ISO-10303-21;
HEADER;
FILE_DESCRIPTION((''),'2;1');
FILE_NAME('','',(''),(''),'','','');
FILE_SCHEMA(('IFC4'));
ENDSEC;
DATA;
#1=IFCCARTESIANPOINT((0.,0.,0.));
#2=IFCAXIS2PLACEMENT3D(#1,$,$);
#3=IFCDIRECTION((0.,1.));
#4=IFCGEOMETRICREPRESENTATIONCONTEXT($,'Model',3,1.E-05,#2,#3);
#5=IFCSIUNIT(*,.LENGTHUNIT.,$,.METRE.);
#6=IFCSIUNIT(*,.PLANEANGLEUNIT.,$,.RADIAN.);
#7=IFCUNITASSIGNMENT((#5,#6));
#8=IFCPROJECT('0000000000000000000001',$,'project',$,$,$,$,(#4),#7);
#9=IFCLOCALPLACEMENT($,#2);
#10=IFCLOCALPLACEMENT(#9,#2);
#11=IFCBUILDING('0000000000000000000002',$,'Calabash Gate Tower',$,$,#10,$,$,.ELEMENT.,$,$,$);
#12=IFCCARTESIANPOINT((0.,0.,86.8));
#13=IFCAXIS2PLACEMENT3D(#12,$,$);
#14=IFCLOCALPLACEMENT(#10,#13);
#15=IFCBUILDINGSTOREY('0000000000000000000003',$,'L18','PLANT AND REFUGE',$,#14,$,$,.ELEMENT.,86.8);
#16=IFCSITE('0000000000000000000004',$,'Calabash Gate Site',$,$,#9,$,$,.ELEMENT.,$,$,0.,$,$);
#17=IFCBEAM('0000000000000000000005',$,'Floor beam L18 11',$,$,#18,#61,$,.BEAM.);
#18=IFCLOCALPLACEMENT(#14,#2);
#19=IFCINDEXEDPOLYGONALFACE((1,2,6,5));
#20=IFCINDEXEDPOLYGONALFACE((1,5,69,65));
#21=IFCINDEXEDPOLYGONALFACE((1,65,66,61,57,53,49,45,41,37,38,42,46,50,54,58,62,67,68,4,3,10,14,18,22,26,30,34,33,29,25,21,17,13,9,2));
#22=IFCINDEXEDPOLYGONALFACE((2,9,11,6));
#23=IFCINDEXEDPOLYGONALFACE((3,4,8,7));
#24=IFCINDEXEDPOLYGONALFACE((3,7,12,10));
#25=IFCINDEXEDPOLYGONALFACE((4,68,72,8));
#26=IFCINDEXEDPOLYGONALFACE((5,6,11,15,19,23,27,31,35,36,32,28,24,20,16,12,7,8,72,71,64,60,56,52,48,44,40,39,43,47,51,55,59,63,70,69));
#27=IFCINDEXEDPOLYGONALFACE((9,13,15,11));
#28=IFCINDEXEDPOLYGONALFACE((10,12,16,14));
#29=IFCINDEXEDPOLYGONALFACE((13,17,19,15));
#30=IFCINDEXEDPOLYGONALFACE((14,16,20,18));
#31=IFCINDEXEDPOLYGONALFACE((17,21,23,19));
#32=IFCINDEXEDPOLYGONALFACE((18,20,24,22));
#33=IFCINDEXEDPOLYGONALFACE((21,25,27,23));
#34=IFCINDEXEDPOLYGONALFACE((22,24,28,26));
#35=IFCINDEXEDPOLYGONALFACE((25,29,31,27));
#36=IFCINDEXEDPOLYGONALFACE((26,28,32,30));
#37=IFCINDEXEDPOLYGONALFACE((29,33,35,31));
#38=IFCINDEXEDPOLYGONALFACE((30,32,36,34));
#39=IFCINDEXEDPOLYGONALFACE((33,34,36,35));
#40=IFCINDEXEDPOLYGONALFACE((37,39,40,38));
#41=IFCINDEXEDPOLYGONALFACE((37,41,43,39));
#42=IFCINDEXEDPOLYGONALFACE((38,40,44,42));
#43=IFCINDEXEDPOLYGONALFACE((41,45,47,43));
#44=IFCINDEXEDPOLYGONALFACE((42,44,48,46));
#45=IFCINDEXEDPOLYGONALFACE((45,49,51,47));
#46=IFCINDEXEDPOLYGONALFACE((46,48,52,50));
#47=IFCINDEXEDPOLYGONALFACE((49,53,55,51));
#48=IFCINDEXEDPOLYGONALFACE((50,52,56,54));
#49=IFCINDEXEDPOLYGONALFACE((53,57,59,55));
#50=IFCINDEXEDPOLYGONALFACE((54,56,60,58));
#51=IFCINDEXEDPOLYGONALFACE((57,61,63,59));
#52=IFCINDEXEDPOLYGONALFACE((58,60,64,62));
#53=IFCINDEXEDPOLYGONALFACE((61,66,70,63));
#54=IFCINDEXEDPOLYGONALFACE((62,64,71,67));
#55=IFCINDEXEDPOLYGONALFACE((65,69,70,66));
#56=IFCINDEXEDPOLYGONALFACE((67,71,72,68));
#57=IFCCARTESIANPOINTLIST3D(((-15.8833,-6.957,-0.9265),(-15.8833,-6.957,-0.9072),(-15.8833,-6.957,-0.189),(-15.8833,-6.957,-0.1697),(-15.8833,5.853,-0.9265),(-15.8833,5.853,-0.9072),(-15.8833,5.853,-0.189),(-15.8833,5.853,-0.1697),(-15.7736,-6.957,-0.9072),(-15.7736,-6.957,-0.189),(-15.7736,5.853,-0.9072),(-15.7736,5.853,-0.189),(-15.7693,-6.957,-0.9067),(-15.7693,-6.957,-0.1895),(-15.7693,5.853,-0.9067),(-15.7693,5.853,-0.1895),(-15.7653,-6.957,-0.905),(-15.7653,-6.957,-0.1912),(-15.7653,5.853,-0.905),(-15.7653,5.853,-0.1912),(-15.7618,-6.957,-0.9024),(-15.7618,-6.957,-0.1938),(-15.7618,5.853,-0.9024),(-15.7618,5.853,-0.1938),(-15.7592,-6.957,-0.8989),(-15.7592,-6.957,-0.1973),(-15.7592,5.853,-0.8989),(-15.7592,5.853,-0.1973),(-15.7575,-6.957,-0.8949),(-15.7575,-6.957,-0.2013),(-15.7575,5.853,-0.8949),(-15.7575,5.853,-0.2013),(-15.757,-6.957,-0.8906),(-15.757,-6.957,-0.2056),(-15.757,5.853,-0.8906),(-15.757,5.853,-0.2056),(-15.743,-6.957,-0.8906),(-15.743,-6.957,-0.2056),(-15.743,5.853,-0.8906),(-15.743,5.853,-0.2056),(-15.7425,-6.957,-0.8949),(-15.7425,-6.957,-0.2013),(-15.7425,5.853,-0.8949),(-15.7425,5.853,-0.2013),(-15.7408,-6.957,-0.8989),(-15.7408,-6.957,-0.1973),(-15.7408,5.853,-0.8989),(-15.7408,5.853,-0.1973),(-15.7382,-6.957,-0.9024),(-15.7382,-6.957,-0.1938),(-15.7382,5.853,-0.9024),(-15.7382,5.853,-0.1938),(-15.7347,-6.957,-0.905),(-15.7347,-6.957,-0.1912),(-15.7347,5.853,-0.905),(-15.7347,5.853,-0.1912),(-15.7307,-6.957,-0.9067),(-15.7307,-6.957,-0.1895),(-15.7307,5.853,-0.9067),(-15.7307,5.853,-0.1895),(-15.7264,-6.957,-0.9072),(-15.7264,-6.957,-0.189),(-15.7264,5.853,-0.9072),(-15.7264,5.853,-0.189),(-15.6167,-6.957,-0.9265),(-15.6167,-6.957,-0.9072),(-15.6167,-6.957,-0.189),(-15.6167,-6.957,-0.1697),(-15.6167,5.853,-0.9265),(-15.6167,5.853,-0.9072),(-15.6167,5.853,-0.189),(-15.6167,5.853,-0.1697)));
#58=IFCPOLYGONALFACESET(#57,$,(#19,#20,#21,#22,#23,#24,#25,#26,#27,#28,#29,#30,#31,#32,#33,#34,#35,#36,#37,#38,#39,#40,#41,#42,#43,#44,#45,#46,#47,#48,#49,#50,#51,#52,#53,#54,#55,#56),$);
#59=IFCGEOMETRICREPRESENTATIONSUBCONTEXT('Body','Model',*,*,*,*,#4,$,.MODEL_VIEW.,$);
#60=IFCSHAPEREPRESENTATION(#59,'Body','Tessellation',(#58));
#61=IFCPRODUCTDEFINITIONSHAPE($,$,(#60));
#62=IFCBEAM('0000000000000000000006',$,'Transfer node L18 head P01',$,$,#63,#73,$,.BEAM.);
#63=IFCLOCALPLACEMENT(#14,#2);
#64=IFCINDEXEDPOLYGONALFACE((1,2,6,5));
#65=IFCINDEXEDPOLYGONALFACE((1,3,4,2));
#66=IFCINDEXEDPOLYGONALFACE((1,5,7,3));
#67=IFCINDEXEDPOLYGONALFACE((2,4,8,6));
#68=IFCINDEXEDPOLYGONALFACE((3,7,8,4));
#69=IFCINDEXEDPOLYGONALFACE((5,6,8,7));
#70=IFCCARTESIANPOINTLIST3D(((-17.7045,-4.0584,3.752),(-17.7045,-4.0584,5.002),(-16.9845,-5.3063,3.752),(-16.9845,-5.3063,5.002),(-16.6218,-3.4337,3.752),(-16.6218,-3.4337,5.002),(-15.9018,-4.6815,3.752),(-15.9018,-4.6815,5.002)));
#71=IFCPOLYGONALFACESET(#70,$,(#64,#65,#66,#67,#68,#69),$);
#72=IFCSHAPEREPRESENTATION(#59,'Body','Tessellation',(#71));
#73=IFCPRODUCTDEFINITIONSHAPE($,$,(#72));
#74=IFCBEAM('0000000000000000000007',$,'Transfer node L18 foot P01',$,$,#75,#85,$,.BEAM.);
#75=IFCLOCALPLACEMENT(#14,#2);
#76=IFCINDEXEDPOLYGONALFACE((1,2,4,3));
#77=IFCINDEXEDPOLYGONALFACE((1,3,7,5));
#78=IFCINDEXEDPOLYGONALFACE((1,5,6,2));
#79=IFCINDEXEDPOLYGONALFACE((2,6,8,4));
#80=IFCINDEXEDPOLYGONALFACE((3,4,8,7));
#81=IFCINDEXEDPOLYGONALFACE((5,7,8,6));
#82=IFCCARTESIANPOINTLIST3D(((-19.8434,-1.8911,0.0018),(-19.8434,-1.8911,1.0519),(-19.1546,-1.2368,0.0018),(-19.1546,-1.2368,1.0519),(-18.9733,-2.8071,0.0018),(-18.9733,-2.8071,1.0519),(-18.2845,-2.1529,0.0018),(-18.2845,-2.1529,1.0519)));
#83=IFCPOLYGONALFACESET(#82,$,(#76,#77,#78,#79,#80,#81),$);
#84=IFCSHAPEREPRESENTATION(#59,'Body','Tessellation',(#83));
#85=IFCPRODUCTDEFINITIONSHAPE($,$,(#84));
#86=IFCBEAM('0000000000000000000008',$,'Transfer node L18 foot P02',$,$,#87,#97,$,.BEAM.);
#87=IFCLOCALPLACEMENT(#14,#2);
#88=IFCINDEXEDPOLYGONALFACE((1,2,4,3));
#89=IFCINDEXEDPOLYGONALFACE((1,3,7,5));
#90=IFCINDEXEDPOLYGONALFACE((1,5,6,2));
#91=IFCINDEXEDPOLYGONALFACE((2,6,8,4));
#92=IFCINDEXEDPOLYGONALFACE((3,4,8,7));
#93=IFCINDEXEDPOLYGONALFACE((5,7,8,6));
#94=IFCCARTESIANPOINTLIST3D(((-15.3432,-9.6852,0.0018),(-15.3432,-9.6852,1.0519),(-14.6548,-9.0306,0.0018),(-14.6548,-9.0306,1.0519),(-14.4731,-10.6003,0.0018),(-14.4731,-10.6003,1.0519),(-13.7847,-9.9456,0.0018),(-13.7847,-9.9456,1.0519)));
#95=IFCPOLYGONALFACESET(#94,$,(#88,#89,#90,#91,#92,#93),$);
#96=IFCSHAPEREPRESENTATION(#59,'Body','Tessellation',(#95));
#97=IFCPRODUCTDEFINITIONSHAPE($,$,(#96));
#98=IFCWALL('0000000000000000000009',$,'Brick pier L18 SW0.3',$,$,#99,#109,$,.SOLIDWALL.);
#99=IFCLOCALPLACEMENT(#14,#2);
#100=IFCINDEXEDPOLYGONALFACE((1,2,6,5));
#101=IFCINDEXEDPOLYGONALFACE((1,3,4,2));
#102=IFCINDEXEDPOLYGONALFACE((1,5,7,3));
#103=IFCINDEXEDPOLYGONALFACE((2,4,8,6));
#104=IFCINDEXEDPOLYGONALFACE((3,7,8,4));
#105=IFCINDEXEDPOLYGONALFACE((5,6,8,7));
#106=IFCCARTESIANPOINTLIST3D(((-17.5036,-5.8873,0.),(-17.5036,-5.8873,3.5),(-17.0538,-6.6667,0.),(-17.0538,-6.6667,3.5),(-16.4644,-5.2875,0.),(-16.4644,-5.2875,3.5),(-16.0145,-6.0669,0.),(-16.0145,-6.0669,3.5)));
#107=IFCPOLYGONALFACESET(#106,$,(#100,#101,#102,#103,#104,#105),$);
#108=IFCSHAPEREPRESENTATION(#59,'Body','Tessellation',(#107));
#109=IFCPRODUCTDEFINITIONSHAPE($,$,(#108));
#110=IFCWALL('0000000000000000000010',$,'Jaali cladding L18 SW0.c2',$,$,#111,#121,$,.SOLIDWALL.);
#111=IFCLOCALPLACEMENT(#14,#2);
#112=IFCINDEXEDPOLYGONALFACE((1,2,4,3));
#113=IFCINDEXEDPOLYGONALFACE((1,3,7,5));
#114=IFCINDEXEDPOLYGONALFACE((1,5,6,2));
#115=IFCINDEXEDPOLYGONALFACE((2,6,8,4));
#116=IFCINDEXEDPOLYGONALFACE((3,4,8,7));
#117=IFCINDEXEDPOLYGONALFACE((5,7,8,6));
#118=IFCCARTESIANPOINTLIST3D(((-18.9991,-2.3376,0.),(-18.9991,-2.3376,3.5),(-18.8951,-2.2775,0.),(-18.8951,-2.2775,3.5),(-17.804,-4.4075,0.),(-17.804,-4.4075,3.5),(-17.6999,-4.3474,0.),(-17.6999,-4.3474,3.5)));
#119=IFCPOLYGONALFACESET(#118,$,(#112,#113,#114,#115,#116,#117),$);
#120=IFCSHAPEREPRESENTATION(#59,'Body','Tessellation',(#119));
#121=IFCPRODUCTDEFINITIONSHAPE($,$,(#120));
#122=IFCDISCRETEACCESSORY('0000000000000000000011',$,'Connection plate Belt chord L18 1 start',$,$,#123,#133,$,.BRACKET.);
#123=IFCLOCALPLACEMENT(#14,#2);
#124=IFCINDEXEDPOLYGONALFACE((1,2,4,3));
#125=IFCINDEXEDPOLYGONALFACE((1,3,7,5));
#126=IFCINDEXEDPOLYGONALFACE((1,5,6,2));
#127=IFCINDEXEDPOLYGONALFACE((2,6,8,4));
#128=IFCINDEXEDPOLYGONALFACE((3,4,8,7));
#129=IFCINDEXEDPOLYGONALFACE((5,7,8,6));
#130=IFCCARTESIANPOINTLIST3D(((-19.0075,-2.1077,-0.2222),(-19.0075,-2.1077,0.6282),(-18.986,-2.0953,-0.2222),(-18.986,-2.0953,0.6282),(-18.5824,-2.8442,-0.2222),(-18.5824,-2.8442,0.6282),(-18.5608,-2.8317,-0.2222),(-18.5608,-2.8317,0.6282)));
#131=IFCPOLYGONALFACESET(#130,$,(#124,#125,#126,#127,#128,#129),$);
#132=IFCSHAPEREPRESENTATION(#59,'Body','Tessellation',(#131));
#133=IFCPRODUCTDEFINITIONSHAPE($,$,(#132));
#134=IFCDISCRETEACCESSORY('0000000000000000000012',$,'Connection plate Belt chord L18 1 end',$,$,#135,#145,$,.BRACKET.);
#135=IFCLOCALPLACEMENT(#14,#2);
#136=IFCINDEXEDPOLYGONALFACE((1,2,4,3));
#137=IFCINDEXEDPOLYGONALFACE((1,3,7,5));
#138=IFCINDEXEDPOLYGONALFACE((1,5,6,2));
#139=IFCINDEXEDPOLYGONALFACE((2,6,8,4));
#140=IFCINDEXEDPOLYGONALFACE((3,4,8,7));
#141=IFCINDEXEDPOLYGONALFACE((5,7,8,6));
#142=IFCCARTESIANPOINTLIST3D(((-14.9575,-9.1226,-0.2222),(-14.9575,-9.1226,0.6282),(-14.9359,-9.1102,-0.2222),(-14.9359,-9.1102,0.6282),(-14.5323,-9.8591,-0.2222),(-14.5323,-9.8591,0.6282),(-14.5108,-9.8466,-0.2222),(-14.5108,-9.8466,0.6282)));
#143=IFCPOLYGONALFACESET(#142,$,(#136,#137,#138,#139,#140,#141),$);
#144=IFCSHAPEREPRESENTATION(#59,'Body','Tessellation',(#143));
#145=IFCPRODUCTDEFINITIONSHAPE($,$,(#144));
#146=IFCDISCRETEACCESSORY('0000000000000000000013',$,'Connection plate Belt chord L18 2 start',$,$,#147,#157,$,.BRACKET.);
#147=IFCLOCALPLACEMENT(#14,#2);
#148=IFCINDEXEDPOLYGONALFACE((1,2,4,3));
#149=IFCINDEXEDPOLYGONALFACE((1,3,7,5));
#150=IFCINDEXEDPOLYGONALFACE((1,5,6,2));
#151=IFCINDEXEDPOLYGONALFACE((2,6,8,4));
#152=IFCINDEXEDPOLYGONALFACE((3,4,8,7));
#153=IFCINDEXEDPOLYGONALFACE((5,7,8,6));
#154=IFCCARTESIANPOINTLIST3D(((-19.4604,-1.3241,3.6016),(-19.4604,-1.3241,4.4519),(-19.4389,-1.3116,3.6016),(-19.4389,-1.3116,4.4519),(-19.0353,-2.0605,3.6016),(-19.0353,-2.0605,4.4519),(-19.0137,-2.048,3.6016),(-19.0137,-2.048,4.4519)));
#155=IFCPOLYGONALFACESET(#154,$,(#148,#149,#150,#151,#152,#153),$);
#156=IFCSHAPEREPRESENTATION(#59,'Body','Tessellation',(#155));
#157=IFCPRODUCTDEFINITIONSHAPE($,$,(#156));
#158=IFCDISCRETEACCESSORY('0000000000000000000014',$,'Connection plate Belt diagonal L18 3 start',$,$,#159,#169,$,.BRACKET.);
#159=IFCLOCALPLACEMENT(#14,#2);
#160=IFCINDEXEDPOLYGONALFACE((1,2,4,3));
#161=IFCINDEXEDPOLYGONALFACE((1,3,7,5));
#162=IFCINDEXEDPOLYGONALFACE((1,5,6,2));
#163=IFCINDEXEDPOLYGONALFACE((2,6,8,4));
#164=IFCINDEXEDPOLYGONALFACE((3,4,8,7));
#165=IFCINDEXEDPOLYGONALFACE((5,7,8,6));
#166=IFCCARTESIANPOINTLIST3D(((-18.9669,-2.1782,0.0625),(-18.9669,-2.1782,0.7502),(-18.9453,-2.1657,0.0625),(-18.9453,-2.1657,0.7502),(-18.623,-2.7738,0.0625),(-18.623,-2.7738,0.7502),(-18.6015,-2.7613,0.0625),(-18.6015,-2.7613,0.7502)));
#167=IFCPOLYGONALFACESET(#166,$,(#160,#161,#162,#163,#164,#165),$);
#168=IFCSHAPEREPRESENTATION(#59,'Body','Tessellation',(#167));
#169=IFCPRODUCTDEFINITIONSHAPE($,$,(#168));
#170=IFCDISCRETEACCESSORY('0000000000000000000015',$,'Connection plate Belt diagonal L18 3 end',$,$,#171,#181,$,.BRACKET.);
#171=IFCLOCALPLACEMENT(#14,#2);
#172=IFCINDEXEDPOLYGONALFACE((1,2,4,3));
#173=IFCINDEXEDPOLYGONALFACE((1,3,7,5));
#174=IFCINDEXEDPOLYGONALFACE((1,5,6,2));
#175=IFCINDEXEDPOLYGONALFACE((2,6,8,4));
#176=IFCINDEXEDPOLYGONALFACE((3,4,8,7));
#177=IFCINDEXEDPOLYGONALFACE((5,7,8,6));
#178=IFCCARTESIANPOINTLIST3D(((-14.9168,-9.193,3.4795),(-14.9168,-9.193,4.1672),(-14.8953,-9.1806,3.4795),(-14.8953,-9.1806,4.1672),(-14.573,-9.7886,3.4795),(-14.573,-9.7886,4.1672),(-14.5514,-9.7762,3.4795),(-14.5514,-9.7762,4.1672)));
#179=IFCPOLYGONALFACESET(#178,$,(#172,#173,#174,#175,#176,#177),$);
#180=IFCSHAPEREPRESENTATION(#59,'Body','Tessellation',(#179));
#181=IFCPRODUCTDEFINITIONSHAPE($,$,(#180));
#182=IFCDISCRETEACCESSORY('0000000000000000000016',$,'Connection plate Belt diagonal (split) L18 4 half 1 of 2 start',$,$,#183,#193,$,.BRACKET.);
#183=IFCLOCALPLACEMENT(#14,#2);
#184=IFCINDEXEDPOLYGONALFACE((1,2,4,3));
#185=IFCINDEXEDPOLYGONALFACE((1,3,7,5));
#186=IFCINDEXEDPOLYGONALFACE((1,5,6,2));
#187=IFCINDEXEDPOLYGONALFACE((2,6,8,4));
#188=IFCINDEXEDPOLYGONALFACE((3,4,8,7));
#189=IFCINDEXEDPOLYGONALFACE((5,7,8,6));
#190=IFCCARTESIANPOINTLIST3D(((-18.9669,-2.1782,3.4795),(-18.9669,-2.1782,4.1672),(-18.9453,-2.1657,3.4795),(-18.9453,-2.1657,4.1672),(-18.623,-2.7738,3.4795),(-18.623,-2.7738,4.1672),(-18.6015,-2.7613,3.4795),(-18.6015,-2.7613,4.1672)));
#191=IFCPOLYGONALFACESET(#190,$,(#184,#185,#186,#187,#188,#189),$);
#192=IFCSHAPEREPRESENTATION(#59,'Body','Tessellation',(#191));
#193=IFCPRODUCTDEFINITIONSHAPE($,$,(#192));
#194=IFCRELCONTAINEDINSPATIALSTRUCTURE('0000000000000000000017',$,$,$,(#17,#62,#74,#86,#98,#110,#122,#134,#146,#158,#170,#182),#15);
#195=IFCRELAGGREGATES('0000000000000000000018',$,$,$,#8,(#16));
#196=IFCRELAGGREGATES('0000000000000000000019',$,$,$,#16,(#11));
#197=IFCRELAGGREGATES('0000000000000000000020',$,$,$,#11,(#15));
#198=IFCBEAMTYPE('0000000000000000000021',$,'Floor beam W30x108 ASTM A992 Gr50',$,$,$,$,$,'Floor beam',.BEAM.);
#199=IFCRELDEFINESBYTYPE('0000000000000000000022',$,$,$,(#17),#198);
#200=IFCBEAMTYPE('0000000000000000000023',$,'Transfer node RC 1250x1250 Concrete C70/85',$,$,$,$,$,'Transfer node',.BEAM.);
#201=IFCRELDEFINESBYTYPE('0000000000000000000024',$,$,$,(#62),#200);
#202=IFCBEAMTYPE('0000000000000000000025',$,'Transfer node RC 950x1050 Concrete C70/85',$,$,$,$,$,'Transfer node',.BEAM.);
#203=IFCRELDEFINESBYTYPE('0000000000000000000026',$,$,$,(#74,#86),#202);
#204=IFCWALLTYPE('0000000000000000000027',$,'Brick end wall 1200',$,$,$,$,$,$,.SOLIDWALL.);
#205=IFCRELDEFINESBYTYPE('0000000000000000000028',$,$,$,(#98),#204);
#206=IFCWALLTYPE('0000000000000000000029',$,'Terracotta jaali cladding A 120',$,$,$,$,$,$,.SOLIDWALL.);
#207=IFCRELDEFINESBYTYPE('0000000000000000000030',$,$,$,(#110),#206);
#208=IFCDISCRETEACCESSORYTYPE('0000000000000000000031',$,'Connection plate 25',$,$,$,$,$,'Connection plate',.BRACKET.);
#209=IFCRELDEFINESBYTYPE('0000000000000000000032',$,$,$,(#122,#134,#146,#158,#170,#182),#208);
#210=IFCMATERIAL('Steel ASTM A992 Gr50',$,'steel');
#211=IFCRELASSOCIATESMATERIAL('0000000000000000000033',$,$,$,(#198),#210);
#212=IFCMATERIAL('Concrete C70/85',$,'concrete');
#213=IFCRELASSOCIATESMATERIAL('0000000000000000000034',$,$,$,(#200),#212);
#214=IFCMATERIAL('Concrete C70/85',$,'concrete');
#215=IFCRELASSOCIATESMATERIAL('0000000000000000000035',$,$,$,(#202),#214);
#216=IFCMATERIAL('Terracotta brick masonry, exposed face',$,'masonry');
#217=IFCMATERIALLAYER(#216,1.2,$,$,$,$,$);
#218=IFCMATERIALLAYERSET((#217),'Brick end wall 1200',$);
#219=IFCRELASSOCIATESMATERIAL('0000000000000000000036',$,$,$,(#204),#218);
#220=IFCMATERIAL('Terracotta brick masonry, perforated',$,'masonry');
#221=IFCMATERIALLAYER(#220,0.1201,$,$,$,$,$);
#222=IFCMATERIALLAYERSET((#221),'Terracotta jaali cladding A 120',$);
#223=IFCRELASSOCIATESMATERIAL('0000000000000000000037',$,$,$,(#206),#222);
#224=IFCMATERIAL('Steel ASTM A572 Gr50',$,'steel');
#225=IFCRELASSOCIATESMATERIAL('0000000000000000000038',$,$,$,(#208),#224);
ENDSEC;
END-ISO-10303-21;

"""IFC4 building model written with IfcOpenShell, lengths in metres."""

from ifc_helpers import new_model, si_unit, direction, frame, frame_2d, origin, origin_2d, place, context, subcontext, project, spatial, rectangle, i_section, extrude, material, layer, layer_set, material_profile, profile_set, type_object, element, save


model = new_model("IFC4")

# Units and contexts
model_context = context("Model", 3, precision=1e-05, world=origin(), true_north=direction((0.0, 1.0)))
body_context = subcontext(model_context, "Body", "Model", "MODEL_VIEW")
ifc_project = project(units=[si_unit("LENGTHUNIT", "METRE"), si_unit("PLANEANGLEUNIT", "RADIAN")], contexts=[model_context])

# Site, building, storey
site_placement = place(None, origin())
site = spatial("IfcSite", under=ifc_project, at=site_placement, Name="Calabash Gate Site", CompositionType="ELEMENT", RefElevation=0.0)
building_placement = place(site_placement, origin())
building = spatial("IfcBuilding", under=site, at=building_placement, Name="Calabash Gate Tower", CompositionType="ELEMENT")
storey_placement = place(building_placement, frame((0.0, 0.0, 86.8)))
storey = spatial("IfcBuildingStorey", under=building, at=storey_placement, Name="L18", Description="PLANT AND REFUGE", CompositionType="ELEMENT", Elevation=86.8)

# Beams
ifc_material_1 = material(Name="Steel ASTM A992 Gr50", Category="steel")
ifc_material_profile_1 = material_profile(ifc_material_1, i_section(OverallWidth=0.2666, OverallDepth=0.7568, WebThickness=0.0139, FlangeThickness=0.0193, FilletRadius=0.0166, at=origin_2d()))
ifc_profile_set_1 = profile_set([ifc_material_profile_1], Name="Steel ASTM A992 Gr50")
beam_type_1 = type_object("IfcBeamType", Name="Floor beam W30x108 ASTM A992 Gr50", ElementType="Floor beam", PredefinedType="BEAM", material=ifc_profile_set_1)
beam_1_placement = place(storey_placement, frame((-15.75, -6.957, -0.5481), z_axis=(0.0, 1.0, 0.0), x_axis=(-1.0, 0.0, 0.0)))
element("IfcBeam", 1, at=beam_1_placement, inside=storey, type_object=beam_type_1, Name="Floor beam L18 11", PredefinedType="BEAM", context=body_context, shape_type="SweptSolid", body=[
    extrude(i_section(OverallWidth=0.2666, OverallDepth=0.7568, WebThickness=0.0139, FlangeThickness=0.0193, FilletRadius=0.0166, at=origin_2d()), origin(), (0.0, 0.0, 1.0), 12.8101),
])
ifc_material_2 = material(Name="Concrete C70/85", Category="concrete")
ifc_material_profile_2 = material_profile(ifc_material_2, rectangle(XDim=1.25, YDim=1.25, at=origin_2d()))
ifc_profile_set_2 = profile_set([ifc_material_profile_2], Name="Concrete C70/85")
beam_type_2 = type_object("IfcBeamType", Name="Transfer node RC 1250x1250 Concrete C70/85", ElementType="Transfer node", PredefinedType="BEAM", material=ifc_profile_set_2)
beam_2_placement = place(storey_placement, frame((-16.4431, -4.9939, 4.377), z_axis=(-0.499766, 0.86616, 0.0), x_axis=(-0.86616, -0.499766, 0.0)))
element("IfcBeam", 2, at=beam_2_placement, inside=storey, type_object=beam_type_2, Name="Transfer node L18 head P01", PredefinedType="BEAM", context=body_context, shape_type="SweptSolid", body=[
    extrude(rectangle(XDim=1.25, YDim=1.25, at=origin_2d()), origin(), (0.0, 0.0, 1.0), 1.4407),
])
ifc_material_3 = material(Name="Concrete C70/85", Category="concrete")
ifc_material_profile_3 = material_profile(ifc_material_3, rectangle(XDim=0.95, YDim=1.05, at=origin_2d()))
ifc_profile_set_3 = profile_set([ifc_material_profile_3], Name="Concrete C70/85")
beam_type_3 = type_object("IfcBeamType", Name="Transfer node RC 950x1050 Concrete C70/85", ElementType="Transfer node", PredefinedType="BEAM", material=ifc_profile_set_3)
beam_3_placement = place(storey_placement, frame((-19.499, -1.564, 0.5269), z_axis=(0.688709, -0.725038, 0.0), x_axis=(0.725038, 0.688709, 0.0)))
element("IfcBeam", 3, at=beam_3_placement, inside=storey, type_object=beam_type_3, Name="Transfer node L18 foot P01", PredefinedType="BEAM", context=body_context, shape_type="SweptSolid", body=[
    extrude(rectangle(XDim=0.95, YDim=1.05, at=origin_2d()), origin(), (0.0, 0.0, 1.0), 1.2634),
])
beam_4_placement = place(storey_placement, frame((-14.999, -9.3579, 0.5269), z_axis=(0.689095, -0.724671, 0.0), x_axis=(0.724671, 0.689095, 0.0)))
element("IfcBeam", 4, at=beam_4_placement, inside=storey, type_object=beam_type_3, Name="Transfer node L18 foot P02", PredefinedType="BEAM", context=body_context, shape_type="SweptSolid", body=[
    extrude(rectangle(XDim=0.95, YDim=1.05, at=origin_2d()), origin(), (0.0, 0.0, 1.0), 1.2627),
])

# Walls
ifc_material_4 = material(Name="Terracotta brick masonry, exposed face", Category="masonry")
ifc_layer_1 = layer(ifc_material_4, 1.2)
ifc_layer_set_1 = layer_set([ifc_layer_1], Name="Brick end wall 1200")
wall_type_1 = type_object("IfcWallType", Name="Brick end wall 1200", PredefinedType="SOLIDWALL", material=ifc_layer_set_1)
wall_1_placement = place(storey_placement, frame((-17.2788, -6.2771, 0.0), z_axis=(0.0, 0.0, 1.0), x_axis=(0.866094, 0.499881, 0.0)))
element("IfcWall", 5, at=wall_1_placement, inside=storey, type_object=wall_type_1, Name="Brick pier L18 SW0.3", PredefinedType="SOLIDWALL", context=body_context, shape_type="SweptSolid", body=[
    extrude(rectangle(XDim=1.2, YDim=0.8999, at=frame_2d((0.6001, 0.0))), origin(), (0.0, 0.0, 1.0), 3.5),
])
ifc_material_5 = material(Name="Terracotta brick masonry, perforated", Category="masonry")
ifc_layer_2 = layer(ifc_material_5, 0.1201)
ifc_layer_set_2 = layer_set([ifc_layer_2], Name="Terracotta jaali cladding A 120")
wall_type_2 = type_object("IfcWallType", Name="Terracotta jaali cladding A 120", PredefinedType="SOLIDWALL", material=ifc_layer_set_2)
wall_2_placement = place(storey_placement, frame((-17.752, -4.3774, 0.0), z_axis=(0.0, 0.0, 1.0), x_axis=(-0.500017, 0.866015, 0.0)))
element("IfcWall", 6, at=wall_2_placement, inside=storey, type_object=wall_type_2, Name="Jaali cladding L18 SW0.c2", PredefinedType="SOLIDWALL", context=body_context, shape_type="SweptSolid", body=[
    extrude(rectangle(XDim=2.3901, YDim=0.1201, at=frame_2d((1.1951, 0.0))), origin(), (0.0, 0.0, 1.0), 3.5),
])

# Discrete accessories
ifc_material_6 = material(Name="Steel ASTM A572 Gr50", Category="steel")
discrete_accessory_type = type_object("IfcDiscreteAccessoryType", Name="Connection plate 25", ElementType="Connection plate", PredefinedType="BRACKET", material=ifc_material_6)
for number, where, z_axis, x_axis, name in (
    (7, (-18.7842, -2.4697, -0.2222), (0.0, 0.0, 1.0), (0.5, -0.866025, 0.0), "Connection plate Belt chord L18 1 start"),
    (8, (-14.7341, -9.4846, -0.2222), (0.0, 0.0, 1.0), (0.5, -0.866025, 0.0), "Connection plate Belt chord L18 1 end"),
    (9, (-19.2371, -1.686, 3.6016), (0.0, 0.0, 1.0), (0.500014, -0.866018, 0.0), "Connection plate Belt chord L18 2 start"),
):
    element("IfcDiscreteAccessory", number, at=place(storey_placement, frame(where, z_axis=z_axis, x_axis=x_axis)), inside=storey, type_object=discrete_accessory_type, Name=name, PredefinedType="BRACKET", context=body_context, shape_type="SweptSolid", body=[
        extrude(rectangle(XDim=0.8503, YDim=0.0249, at=origin_2d()), origin(), (0.0, 0.0, 1.0), 0.8503),
    ])
for number, where, z_axis, x_axis, name in (
    (10, (-18.7842, -2.4697, 0.0625), (0.0, 0.0, 1.0), (0.5, -0.866025, 0.0), "Connection plate Belt diagonal L18 3 start"),
    (11, (-14.7341, -9.4846, 3.4795), (0.0, 0.0, 1.0), (0.5, -0.866025, 0.0), "Connection plate Belt diagonal L18 3 end"),
    (12, (-18.7842, -2.4697, 3.4795), (0.0, 0.0, 1.0), (0.5, -0.866025, 0.0), "Connection plate Belt diagonal (split) L18 4 half 1 of 2 start"),
):
    element("IfcDiscreteAccessory", number, at=place(storey_placement, frame(where, z_axis=z_axis, x_axis=x_axis)), inside=storey, type_object=discrete_accessory_type, Name=name, PredefinedType="BRACKET", context=body_context, shape_type="SweptSolid", body=[
        extrude(rectangle(XDim=0.6877, YDim=0.0249, at=origin_2d()), origin(), (0.0, 0.0, 1.0), 0.6877),
    ])

save(model, "model.ifc")
